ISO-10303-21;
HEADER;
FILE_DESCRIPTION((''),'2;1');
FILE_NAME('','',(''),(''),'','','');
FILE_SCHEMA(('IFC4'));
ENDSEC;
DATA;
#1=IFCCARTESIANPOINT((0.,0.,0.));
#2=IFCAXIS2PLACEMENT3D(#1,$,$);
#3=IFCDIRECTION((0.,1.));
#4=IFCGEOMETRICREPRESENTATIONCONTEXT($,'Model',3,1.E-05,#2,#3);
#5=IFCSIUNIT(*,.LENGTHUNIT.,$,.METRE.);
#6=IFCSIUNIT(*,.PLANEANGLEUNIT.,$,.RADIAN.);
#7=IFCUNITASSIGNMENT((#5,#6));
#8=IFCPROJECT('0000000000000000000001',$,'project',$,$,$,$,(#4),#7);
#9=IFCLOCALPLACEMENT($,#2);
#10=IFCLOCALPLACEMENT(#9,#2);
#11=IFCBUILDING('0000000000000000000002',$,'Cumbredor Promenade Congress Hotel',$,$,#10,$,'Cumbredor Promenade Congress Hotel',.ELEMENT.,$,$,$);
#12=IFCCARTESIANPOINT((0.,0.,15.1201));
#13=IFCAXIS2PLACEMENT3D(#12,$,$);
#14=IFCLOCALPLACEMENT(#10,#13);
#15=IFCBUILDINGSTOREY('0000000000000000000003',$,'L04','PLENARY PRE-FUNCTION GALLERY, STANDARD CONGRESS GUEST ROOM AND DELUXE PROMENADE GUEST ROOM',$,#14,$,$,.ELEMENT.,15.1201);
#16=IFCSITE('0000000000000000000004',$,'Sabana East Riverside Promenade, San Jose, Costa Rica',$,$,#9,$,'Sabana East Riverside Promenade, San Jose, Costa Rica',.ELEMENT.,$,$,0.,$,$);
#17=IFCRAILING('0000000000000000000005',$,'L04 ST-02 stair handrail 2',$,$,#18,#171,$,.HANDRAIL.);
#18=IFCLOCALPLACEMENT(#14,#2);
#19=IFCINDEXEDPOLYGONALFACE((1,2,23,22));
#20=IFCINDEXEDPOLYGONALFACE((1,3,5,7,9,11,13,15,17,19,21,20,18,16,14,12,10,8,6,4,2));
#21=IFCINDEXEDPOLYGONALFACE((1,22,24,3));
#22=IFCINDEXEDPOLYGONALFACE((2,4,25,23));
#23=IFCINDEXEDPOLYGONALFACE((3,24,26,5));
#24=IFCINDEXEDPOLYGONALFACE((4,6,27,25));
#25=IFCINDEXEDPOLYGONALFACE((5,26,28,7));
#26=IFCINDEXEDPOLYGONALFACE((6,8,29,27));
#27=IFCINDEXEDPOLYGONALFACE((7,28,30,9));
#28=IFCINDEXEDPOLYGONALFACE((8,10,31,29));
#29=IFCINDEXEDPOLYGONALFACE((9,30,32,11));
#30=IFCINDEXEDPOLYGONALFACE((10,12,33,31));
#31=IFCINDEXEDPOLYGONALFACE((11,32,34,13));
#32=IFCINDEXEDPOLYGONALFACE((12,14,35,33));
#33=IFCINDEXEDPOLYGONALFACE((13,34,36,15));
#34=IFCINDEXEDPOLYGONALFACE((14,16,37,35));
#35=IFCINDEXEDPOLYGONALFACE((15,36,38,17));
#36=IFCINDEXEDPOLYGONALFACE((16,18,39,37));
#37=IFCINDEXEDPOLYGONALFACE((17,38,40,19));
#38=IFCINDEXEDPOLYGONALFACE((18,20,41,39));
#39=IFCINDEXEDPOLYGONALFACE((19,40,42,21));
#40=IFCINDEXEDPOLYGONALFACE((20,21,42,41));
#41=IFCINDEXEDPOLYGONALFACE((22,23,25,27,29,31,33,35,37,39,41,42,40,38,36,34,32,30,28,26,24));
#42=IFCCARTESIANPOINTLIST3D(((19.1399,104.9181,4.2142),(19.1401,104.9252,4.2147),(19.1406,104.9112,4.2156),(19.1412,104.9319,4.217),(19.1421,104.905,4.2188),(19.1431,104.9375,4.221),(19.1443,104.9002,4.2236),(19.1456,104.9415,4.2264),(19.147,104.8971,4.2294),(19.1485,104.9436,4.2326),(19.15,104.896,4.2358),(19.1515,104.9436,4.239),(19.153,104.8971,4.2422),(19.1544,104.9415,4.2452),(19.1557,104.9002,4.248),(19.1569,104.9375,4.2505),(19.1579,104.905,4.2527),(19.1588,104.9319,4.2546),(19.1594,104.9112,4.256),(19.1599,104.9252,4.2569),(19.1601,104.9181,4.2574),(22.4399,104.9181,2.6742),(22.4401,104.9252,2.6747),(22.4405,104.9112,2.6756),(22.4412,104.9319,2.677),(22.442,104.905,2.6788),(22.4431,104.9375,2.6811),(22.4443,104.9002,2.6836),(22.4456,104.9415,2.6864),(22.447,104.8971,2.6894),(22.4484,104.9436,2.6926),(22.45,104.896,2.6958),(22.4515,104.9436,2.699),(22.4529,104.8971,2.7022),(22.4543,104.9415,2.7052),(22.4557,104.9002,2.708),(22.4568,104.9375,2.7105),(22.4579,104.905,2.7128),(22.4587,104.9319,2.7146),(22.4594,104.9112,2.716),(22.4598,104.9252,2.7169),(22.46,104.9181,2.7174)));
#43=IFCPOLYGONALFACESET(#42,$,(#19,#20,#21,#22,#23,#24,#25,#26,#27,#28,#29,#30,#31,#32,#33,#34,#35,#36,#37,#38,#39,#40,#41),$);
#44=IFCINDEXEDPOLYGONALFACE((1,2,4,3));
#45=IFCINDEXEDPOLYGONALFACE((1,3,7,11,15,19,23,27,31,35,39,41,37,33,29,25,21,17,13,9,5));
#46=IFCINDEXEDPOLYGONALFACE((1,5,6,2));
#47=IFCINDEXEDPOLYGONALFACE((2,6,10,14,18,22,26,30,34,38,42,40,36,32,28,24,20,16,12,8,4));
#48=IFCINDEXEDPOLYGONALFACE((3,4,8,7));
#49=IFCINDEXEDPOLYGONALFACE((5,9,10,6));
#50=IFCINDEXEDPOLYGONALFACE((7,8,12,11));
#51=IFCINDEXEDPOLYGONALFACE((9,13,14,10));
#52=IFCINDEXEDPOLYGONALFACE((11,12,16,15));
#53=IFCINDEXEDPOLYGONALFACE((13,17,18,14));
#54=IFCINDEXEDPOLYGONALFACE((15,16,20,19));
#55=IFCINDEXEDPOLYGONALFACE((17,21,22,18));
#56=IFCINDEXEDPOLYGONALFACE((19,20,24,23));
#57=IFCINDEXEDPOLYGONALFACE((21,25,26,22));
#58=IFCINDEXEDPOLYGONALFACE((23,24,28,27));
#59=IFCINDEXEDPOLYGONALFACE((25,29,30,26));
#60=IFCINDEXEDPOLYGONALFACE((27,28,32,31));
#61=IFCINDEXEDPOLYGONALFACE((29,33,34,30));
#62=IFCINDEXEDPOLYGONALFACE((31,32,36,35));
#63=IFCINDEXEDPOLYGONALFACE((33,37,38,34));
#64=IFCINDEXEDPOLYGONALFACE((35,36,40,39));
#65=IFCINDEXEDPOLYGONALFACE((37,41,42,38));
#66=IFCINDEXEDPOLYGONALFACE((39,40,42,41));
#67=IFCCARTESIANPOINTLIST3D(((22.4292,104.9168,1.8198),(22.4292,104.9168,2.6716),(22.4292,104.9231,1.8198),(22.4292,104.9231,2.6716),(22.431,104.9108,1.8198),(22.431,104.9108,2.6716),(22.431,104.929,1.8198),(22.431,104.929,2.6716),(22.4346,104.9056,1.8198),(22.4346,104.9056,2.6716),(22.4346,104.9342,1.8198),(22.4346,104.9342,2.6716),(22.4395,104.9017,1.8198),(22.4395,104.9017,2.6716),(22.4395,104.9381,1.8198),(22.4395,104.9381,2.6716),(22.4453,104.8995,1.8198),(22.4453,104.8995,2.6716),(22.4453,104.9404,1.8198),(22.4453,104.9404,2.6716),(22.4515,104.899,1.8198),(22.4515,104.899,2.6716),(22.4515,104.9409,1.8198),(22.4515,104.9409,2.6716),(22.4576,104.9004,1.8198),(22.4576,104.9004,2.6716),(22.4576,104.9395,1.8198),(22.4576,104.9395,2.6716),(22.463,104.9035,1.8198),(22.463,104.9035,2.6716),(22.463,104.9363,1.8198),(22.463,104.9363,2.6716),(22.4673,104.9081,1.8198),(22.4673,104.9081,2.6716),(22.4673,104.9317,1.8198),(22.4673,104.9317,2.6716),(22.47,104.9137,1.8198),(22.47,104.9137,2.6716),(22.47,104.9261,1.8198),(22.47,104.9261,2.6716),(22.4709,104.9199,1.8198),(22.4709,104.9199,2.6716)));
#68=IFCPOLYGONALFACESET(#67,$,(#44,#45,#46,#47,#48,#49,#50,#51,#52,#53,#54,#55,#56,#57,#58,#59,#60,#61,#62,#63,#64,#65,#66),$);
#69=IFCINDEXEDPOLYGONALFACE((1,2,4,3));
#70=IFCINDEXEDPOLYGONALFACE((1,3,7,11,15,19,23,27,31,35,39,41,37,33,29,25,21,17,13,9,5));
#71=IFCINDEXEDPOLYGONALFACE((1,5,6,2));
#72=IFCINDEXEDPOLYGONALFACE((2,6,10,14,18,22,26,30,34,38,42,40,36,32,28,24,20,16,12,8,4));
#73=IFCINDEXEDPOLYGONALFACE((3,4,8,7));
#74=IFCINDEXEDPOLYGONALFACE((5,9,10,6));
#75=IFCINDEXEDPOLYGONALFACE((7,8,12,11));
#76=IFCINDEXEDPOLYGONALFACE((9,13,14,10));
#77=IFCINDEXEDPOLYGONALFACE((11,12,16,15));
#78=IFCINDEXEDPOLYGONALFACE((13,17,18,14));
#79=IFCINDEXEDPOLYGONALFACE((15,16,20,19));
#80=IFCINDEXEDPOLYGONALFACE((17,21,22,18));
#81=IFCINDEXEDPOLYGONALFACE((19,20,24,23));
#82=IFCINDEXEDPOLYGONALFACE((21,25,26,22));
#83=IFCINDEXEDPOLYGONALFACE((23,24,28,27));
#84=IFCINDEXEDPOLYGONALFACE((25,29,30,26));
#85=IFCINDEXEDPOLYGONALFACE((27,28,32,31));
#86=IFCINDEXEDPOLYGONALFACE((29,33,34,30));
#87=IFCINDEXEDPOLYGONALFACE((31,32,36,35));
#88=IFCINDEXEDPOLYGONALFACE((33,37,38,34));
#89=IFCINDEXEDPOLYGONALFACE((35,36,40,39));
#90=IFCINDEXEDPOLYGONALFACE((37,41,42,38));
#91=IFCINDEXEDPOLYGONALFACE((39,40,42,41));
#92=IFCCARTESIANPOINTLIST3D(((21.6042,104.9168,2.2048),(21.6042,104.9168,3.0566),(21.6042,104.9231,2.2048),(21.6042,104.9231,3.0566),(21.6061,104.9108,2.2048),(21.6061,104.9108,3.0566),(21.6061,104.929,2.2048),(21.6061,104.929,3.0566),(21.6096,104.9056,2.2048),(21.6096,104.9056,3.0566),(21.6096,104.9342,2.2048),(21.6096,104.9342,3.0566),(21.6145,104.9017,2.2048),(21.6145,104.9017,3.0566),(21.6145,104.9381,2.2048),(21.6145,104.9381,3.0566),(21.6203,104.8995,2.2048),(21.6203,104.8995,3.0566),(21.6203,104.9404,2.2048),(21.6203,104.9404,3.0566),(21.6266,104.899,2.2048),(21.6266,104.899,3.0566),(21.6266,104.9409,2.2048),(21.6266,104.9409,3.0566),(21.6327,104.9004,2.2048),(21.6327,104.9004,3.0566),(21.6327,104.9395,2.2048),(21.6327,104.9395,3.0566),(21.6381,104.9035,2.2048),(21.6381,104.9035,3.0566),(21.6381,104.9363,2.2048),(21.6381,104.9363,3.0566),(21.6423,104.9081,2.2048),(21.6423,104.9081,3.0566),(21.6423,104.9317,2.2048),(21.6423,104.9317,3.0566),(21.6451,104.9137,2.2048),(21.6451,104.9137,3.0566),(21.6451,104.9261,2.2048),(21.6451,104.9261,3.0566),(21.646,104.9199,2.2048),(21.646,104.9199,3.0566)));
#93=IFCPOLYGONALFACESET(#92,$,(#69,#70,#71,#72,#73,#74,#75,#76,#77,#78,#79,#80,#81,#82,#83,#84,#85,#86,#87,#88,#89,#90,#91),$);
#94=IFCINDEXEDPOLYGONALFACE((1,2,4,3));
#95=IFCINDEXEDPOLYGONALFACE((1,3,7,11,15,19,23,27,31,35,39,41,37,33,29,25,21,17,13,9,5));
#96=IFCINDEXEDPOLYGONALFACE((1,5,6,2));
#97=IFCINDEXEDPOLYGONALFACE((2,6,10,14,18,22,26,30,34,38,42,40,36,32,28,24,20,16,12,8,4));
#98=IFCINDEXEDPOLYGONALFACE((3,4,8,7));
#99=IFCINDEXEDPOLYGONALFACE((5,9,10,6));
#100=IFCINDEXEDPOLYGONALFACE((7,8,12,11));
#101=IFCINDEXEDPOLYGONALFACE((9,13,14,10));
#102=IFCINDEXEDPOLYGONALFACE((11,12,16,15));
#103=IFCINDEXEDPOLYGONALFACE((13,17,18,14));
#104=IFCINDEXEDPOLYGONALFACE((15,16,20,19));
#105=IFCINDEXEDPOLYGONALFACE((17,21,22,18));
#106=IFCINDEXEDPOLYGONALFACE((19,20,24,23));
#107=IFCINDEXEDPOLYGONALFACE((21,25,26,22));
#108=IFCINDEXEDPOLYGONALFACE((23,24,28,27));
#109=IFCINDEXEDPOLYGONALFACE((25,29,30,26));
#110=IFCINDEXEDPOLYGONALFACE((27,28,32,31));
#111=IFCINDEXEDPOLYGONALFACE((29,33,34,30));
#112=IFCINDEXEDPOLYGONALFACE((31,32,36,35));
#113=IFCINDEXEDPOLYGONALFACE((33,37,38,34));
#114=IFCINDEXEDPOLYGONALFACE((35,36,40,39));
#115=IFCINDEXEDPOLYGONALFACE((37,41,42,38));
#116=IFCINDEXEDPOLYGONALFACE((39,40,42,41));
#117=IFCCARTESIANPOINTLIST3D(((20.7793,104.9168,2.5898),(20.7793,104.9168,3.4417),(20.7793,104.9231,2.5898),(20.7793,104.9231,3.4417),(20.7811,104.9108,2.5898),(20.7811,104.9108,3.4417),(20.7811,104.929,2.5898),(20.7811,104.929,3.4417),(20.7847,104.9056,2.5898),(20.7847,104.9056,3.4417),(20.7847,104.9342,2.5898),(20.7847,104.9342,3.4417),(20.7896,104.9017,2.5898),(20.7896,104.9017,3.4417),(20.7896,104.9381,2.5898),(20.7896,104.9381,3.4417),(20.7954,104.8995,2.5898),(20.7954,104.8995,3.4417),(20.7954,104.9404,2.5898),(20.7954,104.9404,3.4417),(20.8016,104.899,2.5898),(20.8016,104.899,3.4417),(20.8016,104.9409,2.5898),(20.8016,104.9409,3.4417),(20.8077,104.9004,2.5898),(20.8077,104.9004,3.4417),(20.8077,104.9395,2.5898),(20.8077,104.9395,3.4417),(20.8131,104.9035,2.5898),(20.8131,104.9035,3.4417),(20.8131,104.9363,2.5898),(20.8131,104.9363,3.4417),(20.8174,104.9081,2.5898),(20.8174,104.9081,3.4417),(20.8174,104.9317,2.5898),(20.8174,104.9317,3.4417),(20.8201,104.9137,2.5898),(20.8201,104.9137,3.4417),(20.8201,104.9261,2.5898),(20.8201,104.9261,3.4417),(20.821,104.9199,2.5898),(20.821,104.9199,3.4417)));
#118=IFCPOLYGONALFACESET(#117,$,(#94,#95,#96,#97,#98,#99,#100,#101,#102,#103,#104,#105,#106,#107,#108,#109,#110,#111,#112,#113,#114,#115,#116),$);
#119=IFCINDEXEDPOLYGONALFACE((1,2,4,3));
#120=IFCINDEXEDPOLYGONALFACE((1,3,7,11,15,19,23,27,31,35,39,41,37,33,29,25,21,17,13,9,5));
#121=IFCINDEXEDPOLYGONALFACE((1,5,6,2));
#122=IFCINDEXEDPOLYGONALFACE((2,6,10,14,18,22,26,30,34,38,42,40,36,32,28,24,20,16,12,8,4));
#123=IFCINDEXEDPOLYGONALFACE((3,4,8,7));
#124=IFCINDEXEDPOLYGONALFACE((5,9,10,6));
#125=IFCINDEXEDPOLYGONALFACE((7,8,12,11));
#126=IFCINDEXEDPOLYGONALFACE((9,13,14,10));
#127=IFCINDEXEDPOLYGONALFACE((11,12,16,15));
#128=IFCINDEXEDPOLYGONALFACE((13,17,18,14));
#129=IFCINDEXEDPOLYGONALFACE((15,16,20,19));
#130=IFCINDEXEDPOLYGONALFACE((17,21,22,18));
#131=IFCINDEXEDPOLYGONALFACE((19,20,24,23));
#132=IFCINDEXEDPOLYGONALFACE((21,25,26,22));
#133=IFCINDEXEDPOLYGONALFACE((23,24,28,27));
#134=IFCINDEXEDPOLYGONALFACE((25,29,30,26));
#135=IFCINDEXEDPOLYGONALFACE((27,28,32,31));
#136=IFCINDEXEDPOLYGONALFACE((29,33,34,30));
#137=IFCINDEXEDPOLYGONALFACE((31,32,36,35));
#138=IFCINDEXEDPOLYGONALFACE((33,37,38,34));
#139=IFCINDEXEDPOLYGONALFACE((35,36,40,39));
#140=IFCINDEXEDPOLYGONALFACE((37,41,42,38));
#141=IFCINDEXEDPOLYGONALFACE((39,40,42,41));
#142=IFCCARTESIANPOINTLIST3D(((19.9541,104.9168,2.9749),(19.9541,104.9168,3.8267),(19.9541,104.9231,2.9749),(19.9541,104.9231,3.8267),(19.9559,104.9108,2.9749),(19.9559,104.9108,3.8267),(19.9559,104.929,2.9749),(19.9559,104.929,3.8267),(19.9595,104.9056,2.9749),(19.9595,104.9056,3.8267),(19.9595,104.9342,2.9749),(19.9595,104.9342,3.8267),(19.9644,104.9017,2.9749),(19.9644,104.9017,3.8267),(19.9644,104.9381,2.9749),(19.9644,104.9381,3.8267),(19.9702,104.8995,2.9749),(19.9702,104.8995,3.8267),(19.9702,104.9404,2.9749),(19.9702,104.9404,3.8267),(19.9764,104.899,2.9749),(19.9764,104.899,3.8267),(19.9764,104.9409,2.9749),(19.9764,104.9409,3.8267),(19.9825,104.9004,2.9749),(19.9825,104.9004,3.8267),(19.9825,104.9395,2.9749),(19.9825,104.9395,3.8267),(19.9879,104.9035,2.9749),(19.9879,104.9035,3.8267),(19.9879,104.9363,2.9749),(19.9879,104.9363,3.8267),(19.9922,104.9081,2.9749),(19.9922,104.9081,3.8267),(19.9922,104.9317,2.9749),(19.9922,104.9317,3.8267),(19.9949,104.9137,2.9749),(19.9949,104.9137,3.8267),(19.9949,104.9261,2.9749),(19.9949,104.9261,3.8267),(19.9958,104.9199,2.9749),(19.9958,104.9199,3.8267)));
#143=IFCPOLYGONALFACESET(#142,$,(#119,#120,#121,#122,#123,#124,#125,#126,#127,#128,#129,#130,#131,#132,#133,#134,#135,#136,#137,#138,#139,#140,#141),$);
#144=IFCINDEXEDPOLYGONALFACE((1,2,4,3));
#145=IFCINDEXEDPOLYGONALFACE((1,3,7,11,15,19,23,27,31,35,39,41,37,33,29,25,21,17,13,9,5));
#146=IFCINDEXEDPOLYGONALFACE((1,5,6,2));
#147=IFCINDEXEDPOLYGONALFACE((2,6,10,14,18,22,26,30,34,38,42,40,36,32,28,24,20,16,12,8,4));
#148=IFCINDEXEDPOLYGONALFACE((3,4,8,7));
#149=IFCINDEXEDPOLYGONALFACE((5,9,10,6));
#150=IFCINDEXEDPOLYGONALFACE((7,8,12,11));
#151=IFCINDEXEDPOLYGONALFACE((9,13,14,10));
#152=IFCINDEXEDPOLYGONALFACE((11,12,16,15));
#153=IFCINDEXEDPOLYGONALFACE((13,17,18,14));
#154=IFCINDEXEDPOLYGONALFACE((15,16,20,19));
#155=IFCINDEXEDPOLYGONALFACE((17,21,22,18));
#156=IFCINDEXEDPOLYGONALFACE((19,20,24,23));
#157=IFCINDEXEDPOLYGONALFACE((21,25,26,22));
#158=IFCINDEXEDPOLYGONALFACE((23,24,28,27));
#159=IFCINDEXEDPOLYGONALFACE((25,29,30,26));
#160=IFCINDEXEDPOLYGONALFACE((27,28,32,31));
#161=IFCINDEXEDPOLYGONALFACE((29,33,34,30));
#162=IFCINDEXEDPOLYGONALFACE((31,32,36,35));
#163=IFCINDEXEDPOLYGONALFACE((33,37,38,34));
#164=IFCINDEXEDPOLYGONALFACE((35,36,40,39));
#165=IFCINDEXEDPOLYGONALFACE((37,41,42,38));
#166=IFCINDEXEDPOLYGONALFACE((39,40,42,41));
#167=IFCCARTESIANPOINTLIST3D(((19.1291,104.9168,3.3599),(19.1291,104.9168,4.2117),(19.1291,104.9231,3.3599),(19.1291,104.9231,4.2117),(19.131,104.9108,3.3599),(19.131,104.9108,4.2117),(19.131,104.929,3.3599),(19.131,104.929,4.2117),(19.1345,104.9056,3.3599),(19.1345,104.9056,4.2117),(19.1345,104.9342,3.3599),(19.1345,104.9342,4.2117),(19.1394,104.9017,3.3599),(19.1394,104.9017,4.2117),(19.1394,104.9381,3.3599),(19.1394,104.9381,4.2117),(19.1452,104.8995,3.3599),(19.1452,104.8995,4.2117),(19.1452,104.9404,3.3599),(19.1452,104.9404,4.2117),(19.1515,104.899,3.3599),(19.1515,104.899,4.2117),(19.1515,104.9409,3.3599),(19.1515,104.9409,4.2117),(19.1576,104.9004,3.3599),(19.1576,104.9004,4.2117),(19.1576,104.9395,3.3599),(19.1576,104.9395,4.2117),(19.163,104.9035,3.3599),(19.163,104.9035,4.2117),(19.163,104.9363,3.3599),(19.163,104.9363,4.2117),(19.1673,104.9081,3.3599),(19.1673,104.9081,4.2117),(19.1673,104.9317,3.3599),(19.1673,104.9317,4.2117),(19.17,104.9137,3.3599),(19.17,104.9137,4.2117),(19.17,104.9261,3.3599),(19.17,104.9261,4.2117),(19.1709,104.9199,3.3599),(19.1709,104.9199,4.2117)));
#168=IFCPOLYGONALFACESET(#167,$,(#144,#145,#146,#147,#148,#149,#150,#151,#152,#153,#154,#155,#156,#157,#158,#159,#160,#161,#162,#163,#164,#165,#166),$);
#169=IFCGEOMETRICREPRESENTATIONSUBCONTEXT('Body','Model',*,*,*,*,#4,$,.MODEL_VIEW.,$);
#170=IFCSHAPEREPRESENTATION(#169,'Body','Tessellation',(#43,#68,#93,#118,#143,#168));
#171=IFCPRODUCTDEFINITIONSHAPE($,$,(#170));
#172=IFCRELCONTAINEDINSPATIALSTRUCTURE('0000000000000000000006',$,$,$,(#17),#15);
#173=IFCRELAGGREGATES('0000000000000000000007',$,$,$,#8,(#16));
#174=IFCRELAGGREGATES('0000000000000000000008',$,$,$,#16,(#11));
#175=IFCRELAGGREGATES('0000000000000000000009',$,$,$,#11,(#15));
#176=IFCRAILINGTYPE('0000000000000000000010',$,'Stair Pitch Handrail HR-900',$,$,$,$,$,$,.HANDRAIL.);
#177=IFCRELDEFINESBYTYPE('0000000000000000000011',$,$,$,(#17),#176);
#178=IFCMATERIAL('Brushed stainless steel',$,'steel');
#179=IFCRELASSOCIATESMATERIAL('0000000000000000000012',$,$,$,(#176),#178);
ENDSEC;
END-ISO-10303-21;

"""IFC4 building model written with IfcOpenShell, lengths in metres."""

from ifc_helpers import new_model, si_unit, direction, frame, origin, origin_2d, place, context, subcontext, project, spatial, circle, extrude, material, type_object, element, save


model = new_model("IFC4")

# Units and contexts
model_context = context("Model", 3, precision=1e-05, world=origin(), true_north=direction((0.0, 1.0)))
body_context = subcontext(model_context, "Body", "Model", "MODEL_VIEW")
ifc_project = project(units=[si_unit("LENGTHUNIT", "METRE"), si_unit("PLANEANGLEUNIT", "RADIAN")], contexts=[model_context])

# Site, building, storey
site_placement = place(None, origin())
site = spatial("IfcSite", under=ifc_project, at=site_placement, Name="Sabana East Riverside Promenade, San Jose, Costa Rica", LongName="Sabana East Riverside Promenade, San Jose, Costa Rica", CompositionType="ELEMENT", RefElevation=0.0)
building_placement = place(site_placement, origin())
building = spatial("IfcBuilding", under=site, at=building_placement, Name="Cumbredor Promenade Congress Hotel", LongName="Cumbredor Promenade Congress Hotel", CompositionType="ELEMENT")
storey_placement = place(building_placement, frame((0.0, 0.0, 15.1201)))
storey = spatial("IfcBuildingStorey", under=building, at=storey_placement, Name="L04", Description="PLENARY PRE-FUNCTION GALLERY, STANDARD CONGRESS GUEST ROOM AND DELUXE PROMENADE GUEST ROOM", CompositionType="ELEMENT", Elevation=15.1201)

# Shared definitions
ifc_material_1 = material(Name="Brushed stainless steel", Category="steel")

# Railing
railing_type_1 = type_object("IfcRailingType", Name="Stair Pitch Handrail HR-900", PredefinedType="HANDRAIL", material=ifc_material_1)
railing_1_placement = place(storey_placement, frame((22.45, 104.9199, 1.8198)))
element("IfcRailing", 1, at=railing_1_placement, inside=storey, type_object=railing_type_1, Name="L04 ST-02 stair handrail 2", PredefinedType="HANDRAIL", context=body_context, shape_type="SweptSolid", body=[
    extrude(circle(Radius=0.0239, at=origin_2d()), frame((0.0, 0.0, 0.876), z_axis=(-0.906181, 0.0, 0.422889), x_axis=(0.0, -1.0, 0.0)), (0.0, 0.0, 1.0), 3.6416),
    extrude(circle(Radius=0.021, at=origin_2d()), origin(), (0.0, 0.0, 1.0), 0.8518),
    extrude(circle(Radius=0.021, at=origin_2d()), frame((-0.825, 0.0, 0.385)), (0.0, 0.0, 1.0), 0.8518),
    extrude(circle(Radius=0.021, at=origin_2d()), frame((-1.6499, 0.0, 0.77)), (0.0, 0.0, 1.0), 0.8518),
    extrude(circle(Radius=0.021, at=origin_2d()), frame((-2.4751, 0.0, 1.155)), (0.0, 0.0, 1.0), 0.8518),
    extrude(circle(Radius=0.021, at=origin_2d()), frame((-3.3, 0.0, 1.54)), (0.0, 0.0, 1.0), 0.8518),
])

save(model, "model.ifc")
